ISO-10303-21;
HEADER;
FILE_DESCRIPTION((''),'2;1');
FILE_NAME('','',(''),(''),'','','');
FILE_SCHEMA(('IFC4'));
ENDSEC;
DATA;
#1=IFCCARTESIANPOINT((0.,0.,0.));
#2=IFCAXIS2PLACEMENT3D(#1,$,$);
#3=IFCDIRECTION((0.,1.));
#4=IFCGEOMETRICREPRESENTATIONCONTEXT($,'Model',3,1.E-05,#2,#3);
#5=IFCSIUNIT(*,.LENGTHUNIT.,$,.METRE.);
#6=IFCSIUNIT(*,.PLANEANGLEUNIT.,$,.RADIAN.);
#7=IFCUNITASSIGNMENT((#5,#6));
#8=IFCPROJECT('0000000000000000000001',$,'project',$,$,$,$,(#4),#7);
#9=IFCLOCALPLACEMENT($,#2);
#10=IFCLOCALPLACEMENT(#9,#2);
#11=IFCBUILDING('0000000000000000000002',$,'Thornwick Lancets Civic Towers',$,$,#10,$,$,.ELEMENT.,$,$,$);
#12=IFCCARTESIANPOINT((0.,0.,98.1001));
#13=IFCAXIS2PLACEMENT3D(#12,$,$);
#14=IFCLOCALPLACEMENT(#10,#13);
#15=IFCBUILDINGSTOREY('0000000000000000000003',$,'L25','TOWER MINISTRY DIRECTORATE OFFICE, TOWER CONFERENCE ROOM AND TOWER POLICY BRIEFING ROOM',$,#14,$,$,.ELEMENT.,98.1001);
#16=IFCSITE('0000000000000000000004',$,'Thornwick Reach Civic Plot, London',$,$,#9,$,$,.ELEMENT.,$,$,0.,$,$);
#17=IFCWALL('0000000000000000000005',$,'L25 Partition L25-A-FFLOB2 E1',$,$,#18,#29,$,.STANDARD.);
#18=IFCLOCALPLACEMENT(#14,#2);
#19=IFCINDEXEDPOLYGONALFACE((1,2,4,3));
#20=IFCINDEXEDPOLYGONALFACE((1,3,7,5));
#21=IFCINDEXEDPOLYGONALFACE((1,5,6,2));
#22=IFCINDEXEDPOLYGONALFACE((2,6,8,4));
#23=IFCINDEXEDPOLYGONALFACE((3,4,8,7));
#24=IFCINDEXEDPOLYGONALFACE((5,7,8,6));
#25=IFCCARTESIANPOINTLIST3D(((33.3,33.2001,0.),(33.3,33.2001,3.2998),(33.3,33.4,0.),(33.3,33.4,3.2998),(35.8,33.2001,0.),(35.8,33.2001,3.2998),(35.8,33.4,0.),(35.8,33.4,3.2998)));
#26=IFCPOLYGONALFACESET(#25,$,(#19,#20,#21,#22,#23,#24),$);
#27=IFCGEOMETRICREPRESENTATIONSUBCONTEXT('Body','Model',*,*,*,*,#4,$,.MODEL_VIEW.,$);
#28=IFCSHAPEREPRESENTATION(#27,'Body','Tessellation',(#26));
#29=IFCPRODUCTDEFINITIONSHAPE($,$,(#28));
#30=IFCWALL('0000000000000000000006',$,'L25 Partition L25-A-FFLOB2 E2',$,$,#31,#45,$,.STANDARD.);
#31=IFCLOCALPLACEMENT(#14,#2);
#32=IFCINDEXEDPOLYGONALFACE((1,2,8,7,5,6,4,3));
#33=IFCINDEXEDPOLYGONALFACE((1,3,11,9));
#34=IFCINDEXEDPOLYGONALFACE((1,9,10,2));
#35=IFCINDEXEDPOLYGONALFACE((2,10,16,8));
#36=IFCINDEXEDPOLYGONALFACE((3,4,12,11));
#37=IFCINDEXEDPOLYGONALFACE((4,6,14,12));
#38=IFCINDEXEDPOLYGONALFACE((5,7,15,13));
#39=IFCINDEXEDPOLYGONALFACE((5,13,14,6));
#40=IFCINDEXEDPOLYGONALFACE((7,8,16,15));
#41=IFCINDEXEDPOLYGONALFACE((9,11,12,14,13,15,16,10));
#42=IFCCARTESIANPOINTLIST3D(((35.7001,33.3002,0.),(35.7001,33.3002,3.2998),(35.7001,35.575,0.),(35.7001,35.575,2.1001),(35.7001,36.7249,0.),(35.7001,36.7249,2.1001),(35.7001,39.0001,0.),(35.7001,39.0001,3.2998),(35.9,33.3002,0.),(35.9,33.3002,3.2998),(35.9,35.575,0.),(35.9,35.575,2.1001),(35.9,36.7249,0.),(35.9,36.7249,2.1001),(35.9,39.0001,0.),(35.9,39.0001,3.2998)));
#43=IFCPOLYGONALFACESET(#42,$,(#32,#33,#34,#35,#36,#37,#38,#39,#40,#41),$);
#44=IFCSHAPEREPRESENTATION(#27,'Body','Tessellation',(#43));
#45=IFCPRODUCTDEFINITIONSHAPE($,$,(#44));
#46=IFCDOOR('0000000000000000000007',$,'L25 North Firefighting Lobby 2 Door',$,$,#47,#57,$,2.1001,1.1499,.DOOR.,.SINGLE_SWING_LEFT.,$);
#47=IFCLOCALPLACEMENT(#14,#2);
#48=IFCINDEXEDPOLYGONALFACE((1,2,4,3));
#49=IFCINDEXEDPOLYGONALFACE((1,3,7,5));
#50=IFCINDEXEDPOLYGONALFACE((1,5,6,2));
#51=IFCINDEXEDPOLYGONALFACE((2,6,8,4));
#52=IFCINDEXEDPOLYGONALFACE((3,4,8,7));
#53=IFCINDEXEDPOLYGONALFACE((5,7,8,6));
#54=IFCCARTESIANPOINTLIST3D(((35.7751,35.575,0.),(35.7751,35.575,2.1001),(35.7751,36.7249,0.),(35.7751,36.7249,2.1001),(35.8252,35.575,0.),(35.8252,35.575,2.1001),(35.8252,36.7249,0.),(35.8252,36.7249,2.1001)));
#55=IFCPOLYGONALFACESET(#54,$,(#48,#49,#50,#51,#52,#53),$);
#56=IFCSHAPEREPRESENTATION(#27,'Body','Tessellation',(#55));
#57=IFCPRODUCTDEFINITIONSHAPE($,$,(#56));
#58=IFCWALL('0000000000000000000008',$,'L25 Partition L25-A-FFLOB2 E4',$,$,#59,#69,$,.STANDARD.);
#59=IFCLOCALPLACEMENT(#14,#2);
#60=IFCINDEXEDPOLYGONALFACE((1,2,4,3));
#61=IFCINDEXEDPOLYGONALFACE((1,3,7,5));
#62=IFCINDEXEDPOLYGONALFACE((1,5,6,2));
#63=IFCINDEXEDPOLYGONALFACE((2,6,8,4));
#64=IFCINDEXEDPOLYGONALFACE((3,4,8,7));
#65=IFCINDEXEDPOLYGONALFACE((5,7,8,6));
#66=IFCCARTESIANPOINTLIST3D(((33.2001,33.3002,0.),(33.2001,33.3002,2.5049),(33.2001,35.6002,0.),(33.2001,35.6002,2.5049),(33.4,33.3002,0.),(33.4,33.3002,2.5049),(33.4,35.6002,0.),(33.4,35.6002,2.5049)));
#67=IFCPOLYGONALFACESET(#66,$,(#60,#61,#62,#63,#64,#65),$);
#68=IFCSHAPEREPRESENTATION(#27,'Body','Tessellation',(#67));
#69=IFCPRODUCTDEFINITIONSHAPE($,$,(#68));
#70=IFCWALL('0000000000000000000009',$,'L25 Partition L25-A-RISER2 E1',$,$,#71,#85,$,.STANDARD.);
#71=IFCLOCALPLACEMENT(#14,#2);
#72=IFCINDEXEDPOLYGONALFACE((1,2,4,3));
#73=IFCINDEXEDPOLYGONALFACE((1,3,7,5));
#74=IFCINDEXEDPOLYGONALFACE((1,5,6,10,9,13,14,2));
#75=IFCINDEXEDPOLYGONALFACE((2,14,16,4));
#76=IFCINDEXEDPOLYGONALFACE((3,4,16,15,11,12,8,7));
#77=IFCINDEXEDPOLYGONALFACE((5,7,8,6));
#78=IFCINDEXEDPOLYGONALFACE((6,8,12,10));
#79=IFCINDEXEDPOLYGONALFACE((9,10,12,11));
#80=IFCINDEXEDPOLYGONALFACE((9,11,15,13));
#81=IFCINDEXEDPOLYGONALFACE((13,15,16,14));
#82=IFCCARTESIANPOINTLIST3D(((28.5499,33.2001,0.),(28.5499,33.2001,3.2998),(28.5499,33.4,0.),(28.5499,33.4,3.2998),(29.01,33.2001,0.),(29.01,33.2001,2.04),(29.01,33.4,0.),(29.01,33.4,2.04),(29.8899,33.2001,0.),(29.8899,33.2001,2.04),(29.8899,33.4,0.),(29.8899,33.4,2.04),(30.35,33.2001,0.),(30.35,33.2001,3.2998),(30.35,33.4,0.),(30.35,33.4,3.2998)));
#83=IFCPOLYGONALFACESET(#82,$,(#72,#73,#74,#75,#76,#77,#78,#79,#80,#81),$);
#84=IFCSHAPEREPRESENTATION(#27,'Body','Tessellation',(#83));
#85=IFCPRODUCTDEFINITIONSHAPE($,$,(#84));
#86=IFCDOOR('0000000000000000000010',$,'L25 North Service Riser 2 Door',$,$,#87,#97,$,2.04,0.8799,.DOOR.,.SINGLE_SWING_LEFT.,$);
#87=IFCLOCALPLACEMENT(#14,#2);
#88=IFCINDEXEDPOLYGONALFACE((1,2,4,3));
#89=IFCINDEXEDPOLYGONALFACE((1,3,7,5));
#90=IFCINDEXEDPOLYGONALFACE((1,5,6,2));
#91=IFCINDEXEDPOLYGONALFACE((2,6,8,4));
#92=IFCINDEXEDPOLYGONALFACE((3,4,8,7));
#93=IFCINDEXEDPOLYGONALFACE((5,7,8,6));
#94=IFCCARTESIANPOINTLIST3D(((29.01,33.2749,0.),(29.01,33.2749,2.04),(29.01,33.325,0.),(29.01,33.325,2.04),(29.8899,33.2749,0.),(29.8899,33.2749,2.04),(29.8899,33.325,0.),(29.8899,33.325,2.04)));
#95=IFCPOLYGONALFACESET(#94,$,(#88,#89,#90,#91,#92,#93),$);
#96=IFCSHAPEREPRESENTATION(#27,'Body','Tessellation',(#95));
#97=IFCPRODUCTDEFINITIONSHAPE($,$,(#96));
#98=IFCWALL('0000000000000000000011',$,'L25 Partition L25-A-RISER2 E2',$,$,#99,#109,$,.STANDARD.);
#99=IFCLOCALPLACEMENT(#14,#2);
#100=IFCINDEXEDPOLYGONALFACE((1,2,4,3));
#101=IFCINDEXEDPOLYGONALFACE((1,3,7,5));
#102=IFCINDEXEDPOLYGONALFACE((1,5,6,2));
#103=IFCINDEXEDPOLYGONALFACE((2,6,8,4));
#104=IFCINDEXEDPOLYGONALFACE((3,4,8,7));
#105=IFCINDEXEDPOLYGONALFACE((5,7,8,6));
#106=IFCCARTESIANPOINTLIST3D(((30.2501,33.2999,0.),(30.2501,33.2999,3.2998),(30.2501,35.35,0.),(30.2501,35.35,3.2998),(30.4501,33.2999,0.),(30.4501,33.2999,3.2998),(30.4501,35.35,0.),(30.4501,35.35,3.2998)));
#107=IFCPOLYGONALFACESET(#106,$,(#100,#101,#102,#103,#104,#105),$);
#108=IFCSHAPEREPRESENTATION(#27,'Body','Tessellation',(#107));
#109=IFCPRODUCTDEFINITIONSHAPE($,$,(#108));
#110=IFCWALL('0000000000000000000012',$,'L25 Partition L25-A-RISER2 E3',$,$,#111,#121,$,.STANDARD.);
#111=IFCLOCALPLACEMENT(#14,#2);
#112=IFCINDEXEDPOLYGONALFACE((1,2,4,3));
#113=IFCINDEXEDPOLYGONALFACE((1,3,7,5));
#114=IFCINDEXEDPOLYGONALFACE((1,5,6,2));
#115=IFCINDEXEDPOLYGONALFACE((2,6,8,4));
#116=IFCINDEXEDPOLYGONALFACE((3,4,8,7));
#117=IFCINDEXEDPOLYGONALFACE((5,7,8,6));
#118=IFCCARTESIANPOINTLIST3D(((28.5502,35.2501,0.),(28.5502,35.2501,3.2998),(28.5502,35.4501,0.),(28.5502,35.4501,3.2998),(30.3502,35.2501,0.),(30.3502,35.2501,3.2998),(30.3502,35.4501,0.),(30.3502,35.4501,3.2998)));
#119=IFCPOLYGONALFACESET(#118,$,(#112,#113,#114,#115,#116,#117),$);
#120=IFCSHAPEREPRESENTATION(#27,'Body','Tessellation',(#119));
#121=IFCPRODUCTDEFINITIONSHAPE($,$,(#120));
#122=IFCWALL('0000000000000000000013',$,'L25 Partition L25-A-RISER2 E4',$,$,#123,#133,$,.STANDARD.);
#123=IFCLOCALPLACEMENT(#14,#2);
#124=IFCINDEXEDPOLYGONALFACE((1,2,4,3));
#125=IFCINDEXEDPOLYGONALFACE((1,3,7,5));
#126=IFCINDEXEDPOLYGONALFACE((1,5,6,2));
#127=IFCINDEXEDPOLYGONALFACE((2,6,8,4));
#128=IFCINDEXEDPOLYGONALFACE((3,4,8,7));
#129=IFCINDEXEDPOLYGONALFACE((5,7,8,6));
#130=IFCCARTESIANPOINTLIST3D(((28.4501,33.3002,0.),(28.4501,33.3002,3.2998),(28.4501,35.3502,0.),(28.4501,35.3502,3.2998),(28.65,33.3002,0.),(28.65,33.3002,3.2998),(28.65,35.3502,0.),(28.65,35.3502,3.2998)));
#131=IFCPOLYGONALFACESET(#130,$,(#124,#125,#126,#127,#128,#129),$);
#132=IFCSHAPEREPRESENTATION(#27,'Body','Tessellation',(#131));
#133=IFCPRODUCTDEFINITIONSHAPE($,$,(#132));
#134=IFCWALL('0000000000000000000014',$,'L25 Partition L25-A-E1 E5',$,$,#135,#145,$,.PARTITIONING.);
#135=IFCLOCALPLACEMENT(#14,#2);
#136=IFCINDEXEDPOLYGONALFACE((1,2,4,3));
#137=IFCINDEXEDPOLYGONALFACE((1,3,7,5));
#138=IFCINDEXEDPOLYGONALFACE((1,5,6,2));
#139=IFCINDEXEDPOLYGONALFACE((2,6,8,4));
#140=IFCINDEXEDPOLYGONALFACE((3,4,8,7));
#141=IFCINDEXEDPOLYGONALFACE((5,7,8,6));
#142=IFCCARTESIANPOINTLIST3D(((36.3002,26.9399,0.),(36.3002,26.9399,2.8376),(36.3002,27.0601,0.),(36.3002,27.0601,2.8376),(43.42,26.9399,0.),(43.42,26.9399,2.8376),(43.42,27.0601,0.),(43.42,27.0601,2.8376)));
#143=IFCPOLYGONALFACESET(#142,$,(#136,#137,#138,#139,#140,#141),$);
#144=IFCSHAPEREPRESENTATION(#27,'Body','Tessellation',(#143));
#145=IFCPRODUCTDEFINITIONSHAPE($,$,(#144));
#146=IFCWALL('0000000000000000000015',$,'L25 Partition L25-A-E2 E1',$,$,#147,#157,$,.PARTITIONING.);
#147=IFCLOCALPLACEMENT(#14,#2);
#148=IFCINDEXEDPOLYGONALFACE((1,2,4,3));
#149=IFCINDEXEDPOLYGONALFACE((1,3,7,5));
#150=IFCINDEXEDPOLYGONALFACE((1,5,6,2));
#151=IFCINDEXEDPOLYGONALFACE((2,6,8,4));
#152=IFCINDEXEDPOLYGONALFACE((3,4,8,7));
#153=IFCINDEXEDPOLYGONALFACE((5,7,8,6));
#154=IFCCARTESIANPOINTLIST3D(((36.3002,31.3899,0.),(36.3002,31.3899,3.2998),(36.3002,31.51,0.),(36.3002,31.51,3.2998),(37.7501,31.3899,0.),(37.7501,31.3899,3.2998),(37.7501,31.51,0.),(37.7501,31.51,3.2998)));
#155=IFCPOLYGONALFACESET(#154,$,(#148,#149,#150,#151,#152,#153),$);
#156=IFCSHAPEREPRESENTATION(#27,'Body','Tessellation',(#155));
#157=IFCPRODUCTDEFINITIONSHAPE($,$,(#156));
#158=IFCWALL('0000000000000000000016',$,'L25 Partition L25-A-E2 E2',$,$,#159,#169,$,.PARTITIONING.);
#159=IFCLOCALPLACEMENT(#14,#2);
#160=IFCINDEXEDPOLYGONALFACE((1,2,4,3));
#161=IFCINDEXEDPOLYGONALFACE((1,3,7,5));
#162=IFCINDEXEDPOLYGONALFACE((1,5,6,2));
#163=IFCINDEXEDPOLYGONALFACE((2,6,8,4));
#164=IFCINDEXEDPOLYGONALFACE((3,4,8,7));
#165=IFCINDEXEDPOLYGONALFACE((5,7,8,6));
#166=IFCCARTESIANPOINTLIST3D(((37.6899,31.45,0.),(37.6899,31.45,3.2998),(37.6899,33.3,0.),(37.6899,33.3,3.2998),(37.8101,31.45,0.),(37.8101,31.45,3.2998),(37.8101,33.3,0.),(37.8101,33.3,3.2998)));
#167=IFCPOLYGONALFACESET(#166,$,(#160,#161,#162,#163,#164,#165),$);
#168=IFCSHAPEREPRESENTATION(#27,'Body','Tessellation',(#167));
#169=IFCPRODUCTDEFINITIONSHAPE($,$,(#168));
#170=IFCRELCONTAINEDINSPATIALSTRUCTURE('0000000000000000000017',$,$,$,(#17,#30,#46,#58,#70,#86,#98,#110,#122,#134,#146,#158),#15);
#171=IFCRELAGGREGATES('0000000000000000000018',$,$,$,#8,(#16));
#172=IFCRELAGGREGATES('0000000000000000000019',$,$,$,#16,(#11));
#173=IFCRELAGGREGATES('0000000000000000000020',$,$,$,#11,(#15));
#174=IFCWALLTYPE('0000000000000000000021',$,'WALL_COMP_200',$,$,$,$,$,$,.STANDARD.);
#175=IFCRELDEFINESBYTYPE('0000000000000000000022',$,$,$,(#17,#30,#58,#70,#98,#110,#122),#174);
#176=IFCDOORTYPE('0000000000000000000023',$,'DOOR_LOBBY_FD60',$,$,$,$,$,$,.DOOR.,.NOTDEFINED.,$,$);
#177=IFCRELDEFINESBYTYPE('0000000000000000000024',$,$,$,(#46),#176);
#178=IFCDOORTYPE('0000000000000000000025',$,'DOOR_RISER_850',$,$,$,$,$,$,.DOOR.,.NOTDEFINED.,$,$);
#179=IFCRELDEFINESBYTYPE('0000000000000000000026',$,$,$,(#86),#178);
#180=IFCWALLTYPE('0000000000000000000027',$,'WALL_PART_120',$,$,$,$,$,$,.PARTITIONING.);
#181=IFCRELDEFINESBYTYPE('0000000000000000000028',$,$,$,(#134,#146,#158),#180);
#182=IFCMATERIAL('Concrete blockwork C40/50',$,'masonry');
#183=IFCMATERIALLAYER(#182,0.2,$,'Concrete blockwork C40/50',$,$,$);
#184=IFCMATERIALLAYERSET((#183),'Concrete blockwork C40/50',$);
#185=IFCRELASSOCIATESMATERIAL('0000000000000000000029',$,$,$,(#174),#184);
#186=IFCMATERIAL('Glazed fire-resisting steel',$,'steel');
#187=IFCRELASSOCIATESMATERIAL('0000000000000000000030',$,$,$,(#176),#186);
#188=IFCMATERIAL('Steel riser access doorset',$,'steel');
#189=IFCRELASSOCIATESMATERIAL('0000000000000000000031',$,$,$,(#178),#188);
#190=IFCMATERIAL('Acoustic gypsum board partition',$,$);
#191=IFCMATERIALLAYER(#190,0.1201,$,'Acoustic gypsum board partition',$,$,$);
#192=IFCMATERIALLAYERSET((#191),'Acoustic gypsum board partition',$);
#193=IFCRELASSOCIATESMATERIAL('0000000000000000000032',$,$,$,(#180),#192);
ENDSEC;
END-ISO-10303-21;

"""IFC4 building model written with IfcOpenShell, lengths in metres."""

from ifc_helpers import new_model, si_unit, direction, frame, frame_2d, origin, place, context, subcontext, project, spatial, rectangle, extrude, material, layer, layer_set, type_object, element, fill, save


model = new_model("IFC4")

# Units and contexts
model_context = context("Model", 3, precision=1e-05, world=origin(), true_north=direction((0.0, 1.0)))
body_context = subcontext(model_context, "Body", "Model", "MODEL_VIEW")
ifc_project = project(units=[si_unit("LENGTHUNIT", "METRE"), si_unit("PLANEANGLEUNIT", "RADIAN")], contexts=[model_context])

# Site, building, storey
site_placement = place(None, origin())
site = spatial("IfcSite", under=ifc_project, at=site_placement, Name="Thornwick Reach Civic Plot, London", CompositionType="ELEMENT", RefElevation=0.0)
building_placement = place(site_placement, origin())
building = spatial("IfcBuilding", under=site, at=building_placement, Name="Thornwick Lancets Civic Towers", CompositionType="ELEMENT")
storey_placement = place(building_placement, frame((0.0, 0.0, 98.1001)))
storey = spatial("IfcBuildingStorey", under=building, at=storey_placement, Name="L25", Description="TOWER MINISTRY DIRECTORATE OFFICE, TOWER CONFERENCE ROOM AND TOWER POLICY BRIEFING ROOM", CompositionType="ELEMENT", Elevation=98.1001)

# Shared definitions
ifc_material_1 = material(Name="Concrete blockwork C40/50", Category="masonry")
ifc_layer_1 = layer(ifc_material_1, 0.2, Name="Concrete blockwork C40/50")
ifc_layer_set_1 = layer_set([ifc_layer_1], Name="Concrete blockwork C40/50")
wall_type_1 = type_object("IfcWallType", Name="WALL_COMP_200", PredefinedType="STANDARD", material=ifc_layer_set_1)

# Wall
wall_1_placement = place(storey_placement, frame((33.3, 33.3, 0.0), z_axis=(0.0, 0.0, 1.0), x_axis=(1.0, 0.0, 0.0)))
element("IfcWall", 1, at=wall_1_placement, inside=storey, type_object=wall_type_1, Name="L25 Partition L25-A-FFLOB2 E1", PredefinedType="STANDARD", context=body_context, shape_type="SweptSolid", body=[
    extrude(rectangle(XDim=2.5, YDim=0.2, at=frame_2d((1.25, 0.0))), origin(), (0.0, 0.0, 1.0), 3.2998),
])

# Wall, opening, door
wall_2_placement = place(storey_placement, frame((35.8, 33.3, 0.0), z_axis=(0.0, 0.0, 1.0), x_axis=(0.0, 1.0, 0.0)))
wall_2 = element("IfcWall", 2, at=wall_2_placement, inside=storey, type_object=wall_type_1, Name="L25 Partition L25-A-FFLOB2 E2", PredefinedType="STANDARD", context=body_context, shape_type="SweptSolid", body=[
    extrude(rectangle(XDim=5.7, YDim=0.2, at=frame_2d((2.8501, 0.0))), origin(), (0.0, 0.0, 1.0), 3.2998),
])
opening_1_placement = place(wall_2_placement, frame((2.2749, 0.0, 0.0)))
opening_1 = element("IfcOpeningElement", 3, at=opening_1_placement, cuts=wall_2, PredefinedType="OPENING", context=body_context, shape_type="SweptSolid", body=[
    extrude(rectangle(XDim=1.1499, YDim=2.1001, at=frame_2d((0.575, 1.05))), frame((0.0, 0.1099, 0.0), z_axis=(0.0, -1.0, 0.0), x_axis=(1.0, 0.0, 0.0)), (0.0, 0.0, 1.0), 0.22),
])
ifc_material_2 = material(Name="Glazed fire-resisting steel", Category="steel")
door_type_1 = type_object("IfcDoorType", Name="DOOR_LOBBY_FD60", OperationType="NOTDEFINED", PredefinedType="DOOR", material=ifc_material_2)
door_1_placement = place(opening_1_placement, origin())
door_1 = element("IfcDoor", 4, at=door_1_placement, inside=storey, type_object=door_type_1, Name="L25 North Firefighting Lobby 2 Door", OperationType="SINGLE_SWING_LEFT", OverallHeight=2.1001, OverallWidth=1.1499, PredefinedType="DOOR", context=body_context, shape_type="SweptSolid", body=[
    extrude(rectangle(XDim=1.1499, YDim=2.1001, at=frame_2d((0.575, 1.05))), frame((0.0, 0.0249, 0.0), z_axis=(0.0, -1.0, 0.0), x_axis=(1.0, 0.0, 0.0)), (0.0, 0.0, 1.0), 0.05),
])
fill(opening_1, door_1)

# Wall
wall_3_placement = place(storey_placement, frame((33.3, 35.6001, 0.0), z_axis=(0.0, 0.0, 1.0), x_axis=(0.0, -1.0, 0.0)))
element("IfcWall", 5, at=wall_3_placement, inside=storey, type_object=wall_type_1, Name="L25 Partition L25-A-FFLOB2 E4", PredefinedType="STANDARD", context=body_context, shape_type="SweptSolid", body=[
    extrude(rectangle(XDim=2.3, YDim=0.2, at=frame_2d((1.1499, 0.0))), origin(), (0.0, 0.0, 1.0), 2.5049),
])

# Wall, opening, door
wall_4_placement = place(storey_placement, frame((28.55, 33.3, 0.0), z_axis=(0.0, 0.0, 1.0), x_axis=(1.0, 0.0, 0.0)))
wall_4 = element("IfcWall", 6, at=wall_4_placement, inside=storey, type_object=wall_type_1, Name="L25 Partition L25-A-RISER2 E1", PredefinedType="STANDARD", context=body_context, shape_type="SweptSolid", body=[
    extrude(rectangle(XDim=1.8, YDim=0.2, at=frame_2d((0.8999, 0.0))), origin(), (0.0, 0.0, 1.0), 3.2998),
])
opening_2_placement = place(wall_4_placement, frame((0.46, 0.0, 0.0)))
opening_2 = element("IfcOpeningElement", 7, at=opening_2_placement, cuts=wall_4, PredefinedType="OPENING", context=body_context, shape_type="SweptSolid", body=[
    extrude(rectangle(XDim=0.8799, YDim=2.04, at=frame_2d((0.4399, 1.02))), frame((0.0, 0.1099, 0.0), z_axis=(0.0, -1.0, 0.0), x_axis=(1.0, 0.0, 0.0)), (0.0, 0.0, 1.0), 0.22),
])
ifc_material_3 = material(Name="Steel riser access doorset", Category="steel")
door_type_2 = type_object("IfcDoorType", Name="DOOR_RISER_850", OperationType="NOTDEFINED", PredefinedType="DOOR", material=ifc_material_3)
door_2_placement = place(opening_2_placement, origin())
door_2 = element("IfcDoor", 8, at=door_2_placement, inside=storey, type_object=door_type_2, Name="L25 North Service Riser 2 Door", OperationType="SINGLE_SWING_LEFT", OverallHeight=2.04, OverallWidth=0.8799, PredefinedType="DOOR", context=body_context, shape_type="SweptSolid", body=[
    extrude(rectangle(XDim=0.8799, YDim=2.04, at=frame_2d((0.4399, 1.02))), frame((0.0, 0.0249, 0.0), z_axis=(0.0, -1.0, 0.0), x_axis=(1.0, 0.0, 0.0)), (0.0, 0.0, 1.0), 0.05),
])
fill(opening_2, door_2)

# Walls
wall_5_placement = place(storey_placement, frame((30.3501, 33.3, 0.0), z_axis=(0.0, 0.0, 1.0), x_axis=(0.0, 1.0, 0.0)))
element("IfcWall", 9, at=wall_5_placement, inside=storey, type_object=wall_type_1, Name="L25 Partition L25-A-RISER2 E2", PredefinedType="STANDARD", context=body_context, shape_type="SweptSolid", body=[
    extrude(rectangle(XDim=2.05, YDim=0.2, at=frame_2d((1.0249, 0.0))), origin(), (0.0, 0.0, 1.0), 3.2998),
])
wall_6_placement = place(storey_placement, frame((30.3501, 35.3501, 0.0), z_axis=(0.0, 0.0, 1.0), x_axis=(-1.0, 0.0, 0.0)))
element("IfcWall", 10, at=wall_6_placement, inside=storey, type_object=wall_type_1, Name="L25 Partition L25-A-RISER2 E3", PredefinedType="STANDARD", context=body_context, shape_type="SweptSolid", body=[
    extrude(rectangle(XDim=1.8, YDim=0.2, at=frame_2d((0.8999, 0.0))), origin(), (0.0, 0.0, 1.0), 3.2998),
])
wall_7_placement = place(storey_placement, frame((28.55, 35.3501, 0.0), z_axis=(0.0, 0.0, 1.0), x_axis=(0.0, -1.0, 0.0)))
element("IfcWall", 11, at=wall_7_placement, inside=storey, type_object=wall_type_1, Name="L25 Partition L25-A-RISER2 E4", PredefinedType="STANDARD", context=body_context, shape_type="SweptSolid", body=[
    extrude(rectangle(XDim=2.05, YDim=0.2, at=frame_2d((1.0249, 0.0))), origin(), (0.0, 0.0, 1.0), 3.2998),
])
ifc_material_4 = material(Name="Acoustic gypsum board partition")
ifc_layer_2 = layer(ifc_material_4, 0.1201, Name="Acoustic gypsum board partition")
ifc_layer_set_2 = layer_set([ifc_layer_2], Name="Acoustic gypsum board partition")
wall_type_2 = type_object("IfcWallType", Name="WALL_PART_120", PredefinedType="PARTITIONING", material=ifc_layer_set_2)
wall_8_placement = place(storey_placement, frame((36.3, 27.0, 0.0), z_axis=(0.0, 0.0, 1.0), x_axis=(1.0, 0.0, 0.0)))
element("IfcWall", 12, at=wall_8_placement, inside=storey, type_object=wall_type_2, Name="L25 Partition L25-A-E1 E5", PredefinedType="PARTITIONING", context=body_context, shape_type="SweptSolid", body=[
    extrude(rectangle(XDim=7.1199, YDim=0.1201, at=frame_2d((3.5601, 0.0))), origin(), (0.0, 0.0, 1.0), 2.8376),
])
wall_9_placement = place(storey_placement, frame((36.3, 31.45, 0.0), z_axis=(0.0, 0.0, 1.0), x_axis=(1.0, 0.0, 0.0)))
element("IfcWall", 13, at=wall_9_placement, inside=storey, type_object=wall_type_2, Name="L25 Partition L25-A-E2 E1", PredefinedType="PARTITIONING", context=body_context, shape_type="SweptSolid", body=[
    extrude(rectangle(XDim=1.45, YDim=0.1201, at=frame_2d((0.7251, 0.0))), origin(), (0.0, 0.0, 1.0), 3.2998),
])
wall_10_placement = place(storey_placement, frame((37.75, 31.45, 0.0), z_axis=(0.0, 0.0, 1.0), x_axis=(0.0, 1.0, 0.0)))
element("IfcWall", 14, at=wall_10_placement, inside=storey, type_object=wall_type_2, Name="L25 Partition L25-A-E2 E2", PredefinedType="PARTITIONING", context=body_context, shape_type="SweptSolid", body=[
    extrude(rectangle(XDim=1.8501, YDim=0.1201, at=frame_2d((0.925, 0.0))), origin(), (0.0, 0.0, 1.0), 3.2998),
])

save(model, "model.ifc")
